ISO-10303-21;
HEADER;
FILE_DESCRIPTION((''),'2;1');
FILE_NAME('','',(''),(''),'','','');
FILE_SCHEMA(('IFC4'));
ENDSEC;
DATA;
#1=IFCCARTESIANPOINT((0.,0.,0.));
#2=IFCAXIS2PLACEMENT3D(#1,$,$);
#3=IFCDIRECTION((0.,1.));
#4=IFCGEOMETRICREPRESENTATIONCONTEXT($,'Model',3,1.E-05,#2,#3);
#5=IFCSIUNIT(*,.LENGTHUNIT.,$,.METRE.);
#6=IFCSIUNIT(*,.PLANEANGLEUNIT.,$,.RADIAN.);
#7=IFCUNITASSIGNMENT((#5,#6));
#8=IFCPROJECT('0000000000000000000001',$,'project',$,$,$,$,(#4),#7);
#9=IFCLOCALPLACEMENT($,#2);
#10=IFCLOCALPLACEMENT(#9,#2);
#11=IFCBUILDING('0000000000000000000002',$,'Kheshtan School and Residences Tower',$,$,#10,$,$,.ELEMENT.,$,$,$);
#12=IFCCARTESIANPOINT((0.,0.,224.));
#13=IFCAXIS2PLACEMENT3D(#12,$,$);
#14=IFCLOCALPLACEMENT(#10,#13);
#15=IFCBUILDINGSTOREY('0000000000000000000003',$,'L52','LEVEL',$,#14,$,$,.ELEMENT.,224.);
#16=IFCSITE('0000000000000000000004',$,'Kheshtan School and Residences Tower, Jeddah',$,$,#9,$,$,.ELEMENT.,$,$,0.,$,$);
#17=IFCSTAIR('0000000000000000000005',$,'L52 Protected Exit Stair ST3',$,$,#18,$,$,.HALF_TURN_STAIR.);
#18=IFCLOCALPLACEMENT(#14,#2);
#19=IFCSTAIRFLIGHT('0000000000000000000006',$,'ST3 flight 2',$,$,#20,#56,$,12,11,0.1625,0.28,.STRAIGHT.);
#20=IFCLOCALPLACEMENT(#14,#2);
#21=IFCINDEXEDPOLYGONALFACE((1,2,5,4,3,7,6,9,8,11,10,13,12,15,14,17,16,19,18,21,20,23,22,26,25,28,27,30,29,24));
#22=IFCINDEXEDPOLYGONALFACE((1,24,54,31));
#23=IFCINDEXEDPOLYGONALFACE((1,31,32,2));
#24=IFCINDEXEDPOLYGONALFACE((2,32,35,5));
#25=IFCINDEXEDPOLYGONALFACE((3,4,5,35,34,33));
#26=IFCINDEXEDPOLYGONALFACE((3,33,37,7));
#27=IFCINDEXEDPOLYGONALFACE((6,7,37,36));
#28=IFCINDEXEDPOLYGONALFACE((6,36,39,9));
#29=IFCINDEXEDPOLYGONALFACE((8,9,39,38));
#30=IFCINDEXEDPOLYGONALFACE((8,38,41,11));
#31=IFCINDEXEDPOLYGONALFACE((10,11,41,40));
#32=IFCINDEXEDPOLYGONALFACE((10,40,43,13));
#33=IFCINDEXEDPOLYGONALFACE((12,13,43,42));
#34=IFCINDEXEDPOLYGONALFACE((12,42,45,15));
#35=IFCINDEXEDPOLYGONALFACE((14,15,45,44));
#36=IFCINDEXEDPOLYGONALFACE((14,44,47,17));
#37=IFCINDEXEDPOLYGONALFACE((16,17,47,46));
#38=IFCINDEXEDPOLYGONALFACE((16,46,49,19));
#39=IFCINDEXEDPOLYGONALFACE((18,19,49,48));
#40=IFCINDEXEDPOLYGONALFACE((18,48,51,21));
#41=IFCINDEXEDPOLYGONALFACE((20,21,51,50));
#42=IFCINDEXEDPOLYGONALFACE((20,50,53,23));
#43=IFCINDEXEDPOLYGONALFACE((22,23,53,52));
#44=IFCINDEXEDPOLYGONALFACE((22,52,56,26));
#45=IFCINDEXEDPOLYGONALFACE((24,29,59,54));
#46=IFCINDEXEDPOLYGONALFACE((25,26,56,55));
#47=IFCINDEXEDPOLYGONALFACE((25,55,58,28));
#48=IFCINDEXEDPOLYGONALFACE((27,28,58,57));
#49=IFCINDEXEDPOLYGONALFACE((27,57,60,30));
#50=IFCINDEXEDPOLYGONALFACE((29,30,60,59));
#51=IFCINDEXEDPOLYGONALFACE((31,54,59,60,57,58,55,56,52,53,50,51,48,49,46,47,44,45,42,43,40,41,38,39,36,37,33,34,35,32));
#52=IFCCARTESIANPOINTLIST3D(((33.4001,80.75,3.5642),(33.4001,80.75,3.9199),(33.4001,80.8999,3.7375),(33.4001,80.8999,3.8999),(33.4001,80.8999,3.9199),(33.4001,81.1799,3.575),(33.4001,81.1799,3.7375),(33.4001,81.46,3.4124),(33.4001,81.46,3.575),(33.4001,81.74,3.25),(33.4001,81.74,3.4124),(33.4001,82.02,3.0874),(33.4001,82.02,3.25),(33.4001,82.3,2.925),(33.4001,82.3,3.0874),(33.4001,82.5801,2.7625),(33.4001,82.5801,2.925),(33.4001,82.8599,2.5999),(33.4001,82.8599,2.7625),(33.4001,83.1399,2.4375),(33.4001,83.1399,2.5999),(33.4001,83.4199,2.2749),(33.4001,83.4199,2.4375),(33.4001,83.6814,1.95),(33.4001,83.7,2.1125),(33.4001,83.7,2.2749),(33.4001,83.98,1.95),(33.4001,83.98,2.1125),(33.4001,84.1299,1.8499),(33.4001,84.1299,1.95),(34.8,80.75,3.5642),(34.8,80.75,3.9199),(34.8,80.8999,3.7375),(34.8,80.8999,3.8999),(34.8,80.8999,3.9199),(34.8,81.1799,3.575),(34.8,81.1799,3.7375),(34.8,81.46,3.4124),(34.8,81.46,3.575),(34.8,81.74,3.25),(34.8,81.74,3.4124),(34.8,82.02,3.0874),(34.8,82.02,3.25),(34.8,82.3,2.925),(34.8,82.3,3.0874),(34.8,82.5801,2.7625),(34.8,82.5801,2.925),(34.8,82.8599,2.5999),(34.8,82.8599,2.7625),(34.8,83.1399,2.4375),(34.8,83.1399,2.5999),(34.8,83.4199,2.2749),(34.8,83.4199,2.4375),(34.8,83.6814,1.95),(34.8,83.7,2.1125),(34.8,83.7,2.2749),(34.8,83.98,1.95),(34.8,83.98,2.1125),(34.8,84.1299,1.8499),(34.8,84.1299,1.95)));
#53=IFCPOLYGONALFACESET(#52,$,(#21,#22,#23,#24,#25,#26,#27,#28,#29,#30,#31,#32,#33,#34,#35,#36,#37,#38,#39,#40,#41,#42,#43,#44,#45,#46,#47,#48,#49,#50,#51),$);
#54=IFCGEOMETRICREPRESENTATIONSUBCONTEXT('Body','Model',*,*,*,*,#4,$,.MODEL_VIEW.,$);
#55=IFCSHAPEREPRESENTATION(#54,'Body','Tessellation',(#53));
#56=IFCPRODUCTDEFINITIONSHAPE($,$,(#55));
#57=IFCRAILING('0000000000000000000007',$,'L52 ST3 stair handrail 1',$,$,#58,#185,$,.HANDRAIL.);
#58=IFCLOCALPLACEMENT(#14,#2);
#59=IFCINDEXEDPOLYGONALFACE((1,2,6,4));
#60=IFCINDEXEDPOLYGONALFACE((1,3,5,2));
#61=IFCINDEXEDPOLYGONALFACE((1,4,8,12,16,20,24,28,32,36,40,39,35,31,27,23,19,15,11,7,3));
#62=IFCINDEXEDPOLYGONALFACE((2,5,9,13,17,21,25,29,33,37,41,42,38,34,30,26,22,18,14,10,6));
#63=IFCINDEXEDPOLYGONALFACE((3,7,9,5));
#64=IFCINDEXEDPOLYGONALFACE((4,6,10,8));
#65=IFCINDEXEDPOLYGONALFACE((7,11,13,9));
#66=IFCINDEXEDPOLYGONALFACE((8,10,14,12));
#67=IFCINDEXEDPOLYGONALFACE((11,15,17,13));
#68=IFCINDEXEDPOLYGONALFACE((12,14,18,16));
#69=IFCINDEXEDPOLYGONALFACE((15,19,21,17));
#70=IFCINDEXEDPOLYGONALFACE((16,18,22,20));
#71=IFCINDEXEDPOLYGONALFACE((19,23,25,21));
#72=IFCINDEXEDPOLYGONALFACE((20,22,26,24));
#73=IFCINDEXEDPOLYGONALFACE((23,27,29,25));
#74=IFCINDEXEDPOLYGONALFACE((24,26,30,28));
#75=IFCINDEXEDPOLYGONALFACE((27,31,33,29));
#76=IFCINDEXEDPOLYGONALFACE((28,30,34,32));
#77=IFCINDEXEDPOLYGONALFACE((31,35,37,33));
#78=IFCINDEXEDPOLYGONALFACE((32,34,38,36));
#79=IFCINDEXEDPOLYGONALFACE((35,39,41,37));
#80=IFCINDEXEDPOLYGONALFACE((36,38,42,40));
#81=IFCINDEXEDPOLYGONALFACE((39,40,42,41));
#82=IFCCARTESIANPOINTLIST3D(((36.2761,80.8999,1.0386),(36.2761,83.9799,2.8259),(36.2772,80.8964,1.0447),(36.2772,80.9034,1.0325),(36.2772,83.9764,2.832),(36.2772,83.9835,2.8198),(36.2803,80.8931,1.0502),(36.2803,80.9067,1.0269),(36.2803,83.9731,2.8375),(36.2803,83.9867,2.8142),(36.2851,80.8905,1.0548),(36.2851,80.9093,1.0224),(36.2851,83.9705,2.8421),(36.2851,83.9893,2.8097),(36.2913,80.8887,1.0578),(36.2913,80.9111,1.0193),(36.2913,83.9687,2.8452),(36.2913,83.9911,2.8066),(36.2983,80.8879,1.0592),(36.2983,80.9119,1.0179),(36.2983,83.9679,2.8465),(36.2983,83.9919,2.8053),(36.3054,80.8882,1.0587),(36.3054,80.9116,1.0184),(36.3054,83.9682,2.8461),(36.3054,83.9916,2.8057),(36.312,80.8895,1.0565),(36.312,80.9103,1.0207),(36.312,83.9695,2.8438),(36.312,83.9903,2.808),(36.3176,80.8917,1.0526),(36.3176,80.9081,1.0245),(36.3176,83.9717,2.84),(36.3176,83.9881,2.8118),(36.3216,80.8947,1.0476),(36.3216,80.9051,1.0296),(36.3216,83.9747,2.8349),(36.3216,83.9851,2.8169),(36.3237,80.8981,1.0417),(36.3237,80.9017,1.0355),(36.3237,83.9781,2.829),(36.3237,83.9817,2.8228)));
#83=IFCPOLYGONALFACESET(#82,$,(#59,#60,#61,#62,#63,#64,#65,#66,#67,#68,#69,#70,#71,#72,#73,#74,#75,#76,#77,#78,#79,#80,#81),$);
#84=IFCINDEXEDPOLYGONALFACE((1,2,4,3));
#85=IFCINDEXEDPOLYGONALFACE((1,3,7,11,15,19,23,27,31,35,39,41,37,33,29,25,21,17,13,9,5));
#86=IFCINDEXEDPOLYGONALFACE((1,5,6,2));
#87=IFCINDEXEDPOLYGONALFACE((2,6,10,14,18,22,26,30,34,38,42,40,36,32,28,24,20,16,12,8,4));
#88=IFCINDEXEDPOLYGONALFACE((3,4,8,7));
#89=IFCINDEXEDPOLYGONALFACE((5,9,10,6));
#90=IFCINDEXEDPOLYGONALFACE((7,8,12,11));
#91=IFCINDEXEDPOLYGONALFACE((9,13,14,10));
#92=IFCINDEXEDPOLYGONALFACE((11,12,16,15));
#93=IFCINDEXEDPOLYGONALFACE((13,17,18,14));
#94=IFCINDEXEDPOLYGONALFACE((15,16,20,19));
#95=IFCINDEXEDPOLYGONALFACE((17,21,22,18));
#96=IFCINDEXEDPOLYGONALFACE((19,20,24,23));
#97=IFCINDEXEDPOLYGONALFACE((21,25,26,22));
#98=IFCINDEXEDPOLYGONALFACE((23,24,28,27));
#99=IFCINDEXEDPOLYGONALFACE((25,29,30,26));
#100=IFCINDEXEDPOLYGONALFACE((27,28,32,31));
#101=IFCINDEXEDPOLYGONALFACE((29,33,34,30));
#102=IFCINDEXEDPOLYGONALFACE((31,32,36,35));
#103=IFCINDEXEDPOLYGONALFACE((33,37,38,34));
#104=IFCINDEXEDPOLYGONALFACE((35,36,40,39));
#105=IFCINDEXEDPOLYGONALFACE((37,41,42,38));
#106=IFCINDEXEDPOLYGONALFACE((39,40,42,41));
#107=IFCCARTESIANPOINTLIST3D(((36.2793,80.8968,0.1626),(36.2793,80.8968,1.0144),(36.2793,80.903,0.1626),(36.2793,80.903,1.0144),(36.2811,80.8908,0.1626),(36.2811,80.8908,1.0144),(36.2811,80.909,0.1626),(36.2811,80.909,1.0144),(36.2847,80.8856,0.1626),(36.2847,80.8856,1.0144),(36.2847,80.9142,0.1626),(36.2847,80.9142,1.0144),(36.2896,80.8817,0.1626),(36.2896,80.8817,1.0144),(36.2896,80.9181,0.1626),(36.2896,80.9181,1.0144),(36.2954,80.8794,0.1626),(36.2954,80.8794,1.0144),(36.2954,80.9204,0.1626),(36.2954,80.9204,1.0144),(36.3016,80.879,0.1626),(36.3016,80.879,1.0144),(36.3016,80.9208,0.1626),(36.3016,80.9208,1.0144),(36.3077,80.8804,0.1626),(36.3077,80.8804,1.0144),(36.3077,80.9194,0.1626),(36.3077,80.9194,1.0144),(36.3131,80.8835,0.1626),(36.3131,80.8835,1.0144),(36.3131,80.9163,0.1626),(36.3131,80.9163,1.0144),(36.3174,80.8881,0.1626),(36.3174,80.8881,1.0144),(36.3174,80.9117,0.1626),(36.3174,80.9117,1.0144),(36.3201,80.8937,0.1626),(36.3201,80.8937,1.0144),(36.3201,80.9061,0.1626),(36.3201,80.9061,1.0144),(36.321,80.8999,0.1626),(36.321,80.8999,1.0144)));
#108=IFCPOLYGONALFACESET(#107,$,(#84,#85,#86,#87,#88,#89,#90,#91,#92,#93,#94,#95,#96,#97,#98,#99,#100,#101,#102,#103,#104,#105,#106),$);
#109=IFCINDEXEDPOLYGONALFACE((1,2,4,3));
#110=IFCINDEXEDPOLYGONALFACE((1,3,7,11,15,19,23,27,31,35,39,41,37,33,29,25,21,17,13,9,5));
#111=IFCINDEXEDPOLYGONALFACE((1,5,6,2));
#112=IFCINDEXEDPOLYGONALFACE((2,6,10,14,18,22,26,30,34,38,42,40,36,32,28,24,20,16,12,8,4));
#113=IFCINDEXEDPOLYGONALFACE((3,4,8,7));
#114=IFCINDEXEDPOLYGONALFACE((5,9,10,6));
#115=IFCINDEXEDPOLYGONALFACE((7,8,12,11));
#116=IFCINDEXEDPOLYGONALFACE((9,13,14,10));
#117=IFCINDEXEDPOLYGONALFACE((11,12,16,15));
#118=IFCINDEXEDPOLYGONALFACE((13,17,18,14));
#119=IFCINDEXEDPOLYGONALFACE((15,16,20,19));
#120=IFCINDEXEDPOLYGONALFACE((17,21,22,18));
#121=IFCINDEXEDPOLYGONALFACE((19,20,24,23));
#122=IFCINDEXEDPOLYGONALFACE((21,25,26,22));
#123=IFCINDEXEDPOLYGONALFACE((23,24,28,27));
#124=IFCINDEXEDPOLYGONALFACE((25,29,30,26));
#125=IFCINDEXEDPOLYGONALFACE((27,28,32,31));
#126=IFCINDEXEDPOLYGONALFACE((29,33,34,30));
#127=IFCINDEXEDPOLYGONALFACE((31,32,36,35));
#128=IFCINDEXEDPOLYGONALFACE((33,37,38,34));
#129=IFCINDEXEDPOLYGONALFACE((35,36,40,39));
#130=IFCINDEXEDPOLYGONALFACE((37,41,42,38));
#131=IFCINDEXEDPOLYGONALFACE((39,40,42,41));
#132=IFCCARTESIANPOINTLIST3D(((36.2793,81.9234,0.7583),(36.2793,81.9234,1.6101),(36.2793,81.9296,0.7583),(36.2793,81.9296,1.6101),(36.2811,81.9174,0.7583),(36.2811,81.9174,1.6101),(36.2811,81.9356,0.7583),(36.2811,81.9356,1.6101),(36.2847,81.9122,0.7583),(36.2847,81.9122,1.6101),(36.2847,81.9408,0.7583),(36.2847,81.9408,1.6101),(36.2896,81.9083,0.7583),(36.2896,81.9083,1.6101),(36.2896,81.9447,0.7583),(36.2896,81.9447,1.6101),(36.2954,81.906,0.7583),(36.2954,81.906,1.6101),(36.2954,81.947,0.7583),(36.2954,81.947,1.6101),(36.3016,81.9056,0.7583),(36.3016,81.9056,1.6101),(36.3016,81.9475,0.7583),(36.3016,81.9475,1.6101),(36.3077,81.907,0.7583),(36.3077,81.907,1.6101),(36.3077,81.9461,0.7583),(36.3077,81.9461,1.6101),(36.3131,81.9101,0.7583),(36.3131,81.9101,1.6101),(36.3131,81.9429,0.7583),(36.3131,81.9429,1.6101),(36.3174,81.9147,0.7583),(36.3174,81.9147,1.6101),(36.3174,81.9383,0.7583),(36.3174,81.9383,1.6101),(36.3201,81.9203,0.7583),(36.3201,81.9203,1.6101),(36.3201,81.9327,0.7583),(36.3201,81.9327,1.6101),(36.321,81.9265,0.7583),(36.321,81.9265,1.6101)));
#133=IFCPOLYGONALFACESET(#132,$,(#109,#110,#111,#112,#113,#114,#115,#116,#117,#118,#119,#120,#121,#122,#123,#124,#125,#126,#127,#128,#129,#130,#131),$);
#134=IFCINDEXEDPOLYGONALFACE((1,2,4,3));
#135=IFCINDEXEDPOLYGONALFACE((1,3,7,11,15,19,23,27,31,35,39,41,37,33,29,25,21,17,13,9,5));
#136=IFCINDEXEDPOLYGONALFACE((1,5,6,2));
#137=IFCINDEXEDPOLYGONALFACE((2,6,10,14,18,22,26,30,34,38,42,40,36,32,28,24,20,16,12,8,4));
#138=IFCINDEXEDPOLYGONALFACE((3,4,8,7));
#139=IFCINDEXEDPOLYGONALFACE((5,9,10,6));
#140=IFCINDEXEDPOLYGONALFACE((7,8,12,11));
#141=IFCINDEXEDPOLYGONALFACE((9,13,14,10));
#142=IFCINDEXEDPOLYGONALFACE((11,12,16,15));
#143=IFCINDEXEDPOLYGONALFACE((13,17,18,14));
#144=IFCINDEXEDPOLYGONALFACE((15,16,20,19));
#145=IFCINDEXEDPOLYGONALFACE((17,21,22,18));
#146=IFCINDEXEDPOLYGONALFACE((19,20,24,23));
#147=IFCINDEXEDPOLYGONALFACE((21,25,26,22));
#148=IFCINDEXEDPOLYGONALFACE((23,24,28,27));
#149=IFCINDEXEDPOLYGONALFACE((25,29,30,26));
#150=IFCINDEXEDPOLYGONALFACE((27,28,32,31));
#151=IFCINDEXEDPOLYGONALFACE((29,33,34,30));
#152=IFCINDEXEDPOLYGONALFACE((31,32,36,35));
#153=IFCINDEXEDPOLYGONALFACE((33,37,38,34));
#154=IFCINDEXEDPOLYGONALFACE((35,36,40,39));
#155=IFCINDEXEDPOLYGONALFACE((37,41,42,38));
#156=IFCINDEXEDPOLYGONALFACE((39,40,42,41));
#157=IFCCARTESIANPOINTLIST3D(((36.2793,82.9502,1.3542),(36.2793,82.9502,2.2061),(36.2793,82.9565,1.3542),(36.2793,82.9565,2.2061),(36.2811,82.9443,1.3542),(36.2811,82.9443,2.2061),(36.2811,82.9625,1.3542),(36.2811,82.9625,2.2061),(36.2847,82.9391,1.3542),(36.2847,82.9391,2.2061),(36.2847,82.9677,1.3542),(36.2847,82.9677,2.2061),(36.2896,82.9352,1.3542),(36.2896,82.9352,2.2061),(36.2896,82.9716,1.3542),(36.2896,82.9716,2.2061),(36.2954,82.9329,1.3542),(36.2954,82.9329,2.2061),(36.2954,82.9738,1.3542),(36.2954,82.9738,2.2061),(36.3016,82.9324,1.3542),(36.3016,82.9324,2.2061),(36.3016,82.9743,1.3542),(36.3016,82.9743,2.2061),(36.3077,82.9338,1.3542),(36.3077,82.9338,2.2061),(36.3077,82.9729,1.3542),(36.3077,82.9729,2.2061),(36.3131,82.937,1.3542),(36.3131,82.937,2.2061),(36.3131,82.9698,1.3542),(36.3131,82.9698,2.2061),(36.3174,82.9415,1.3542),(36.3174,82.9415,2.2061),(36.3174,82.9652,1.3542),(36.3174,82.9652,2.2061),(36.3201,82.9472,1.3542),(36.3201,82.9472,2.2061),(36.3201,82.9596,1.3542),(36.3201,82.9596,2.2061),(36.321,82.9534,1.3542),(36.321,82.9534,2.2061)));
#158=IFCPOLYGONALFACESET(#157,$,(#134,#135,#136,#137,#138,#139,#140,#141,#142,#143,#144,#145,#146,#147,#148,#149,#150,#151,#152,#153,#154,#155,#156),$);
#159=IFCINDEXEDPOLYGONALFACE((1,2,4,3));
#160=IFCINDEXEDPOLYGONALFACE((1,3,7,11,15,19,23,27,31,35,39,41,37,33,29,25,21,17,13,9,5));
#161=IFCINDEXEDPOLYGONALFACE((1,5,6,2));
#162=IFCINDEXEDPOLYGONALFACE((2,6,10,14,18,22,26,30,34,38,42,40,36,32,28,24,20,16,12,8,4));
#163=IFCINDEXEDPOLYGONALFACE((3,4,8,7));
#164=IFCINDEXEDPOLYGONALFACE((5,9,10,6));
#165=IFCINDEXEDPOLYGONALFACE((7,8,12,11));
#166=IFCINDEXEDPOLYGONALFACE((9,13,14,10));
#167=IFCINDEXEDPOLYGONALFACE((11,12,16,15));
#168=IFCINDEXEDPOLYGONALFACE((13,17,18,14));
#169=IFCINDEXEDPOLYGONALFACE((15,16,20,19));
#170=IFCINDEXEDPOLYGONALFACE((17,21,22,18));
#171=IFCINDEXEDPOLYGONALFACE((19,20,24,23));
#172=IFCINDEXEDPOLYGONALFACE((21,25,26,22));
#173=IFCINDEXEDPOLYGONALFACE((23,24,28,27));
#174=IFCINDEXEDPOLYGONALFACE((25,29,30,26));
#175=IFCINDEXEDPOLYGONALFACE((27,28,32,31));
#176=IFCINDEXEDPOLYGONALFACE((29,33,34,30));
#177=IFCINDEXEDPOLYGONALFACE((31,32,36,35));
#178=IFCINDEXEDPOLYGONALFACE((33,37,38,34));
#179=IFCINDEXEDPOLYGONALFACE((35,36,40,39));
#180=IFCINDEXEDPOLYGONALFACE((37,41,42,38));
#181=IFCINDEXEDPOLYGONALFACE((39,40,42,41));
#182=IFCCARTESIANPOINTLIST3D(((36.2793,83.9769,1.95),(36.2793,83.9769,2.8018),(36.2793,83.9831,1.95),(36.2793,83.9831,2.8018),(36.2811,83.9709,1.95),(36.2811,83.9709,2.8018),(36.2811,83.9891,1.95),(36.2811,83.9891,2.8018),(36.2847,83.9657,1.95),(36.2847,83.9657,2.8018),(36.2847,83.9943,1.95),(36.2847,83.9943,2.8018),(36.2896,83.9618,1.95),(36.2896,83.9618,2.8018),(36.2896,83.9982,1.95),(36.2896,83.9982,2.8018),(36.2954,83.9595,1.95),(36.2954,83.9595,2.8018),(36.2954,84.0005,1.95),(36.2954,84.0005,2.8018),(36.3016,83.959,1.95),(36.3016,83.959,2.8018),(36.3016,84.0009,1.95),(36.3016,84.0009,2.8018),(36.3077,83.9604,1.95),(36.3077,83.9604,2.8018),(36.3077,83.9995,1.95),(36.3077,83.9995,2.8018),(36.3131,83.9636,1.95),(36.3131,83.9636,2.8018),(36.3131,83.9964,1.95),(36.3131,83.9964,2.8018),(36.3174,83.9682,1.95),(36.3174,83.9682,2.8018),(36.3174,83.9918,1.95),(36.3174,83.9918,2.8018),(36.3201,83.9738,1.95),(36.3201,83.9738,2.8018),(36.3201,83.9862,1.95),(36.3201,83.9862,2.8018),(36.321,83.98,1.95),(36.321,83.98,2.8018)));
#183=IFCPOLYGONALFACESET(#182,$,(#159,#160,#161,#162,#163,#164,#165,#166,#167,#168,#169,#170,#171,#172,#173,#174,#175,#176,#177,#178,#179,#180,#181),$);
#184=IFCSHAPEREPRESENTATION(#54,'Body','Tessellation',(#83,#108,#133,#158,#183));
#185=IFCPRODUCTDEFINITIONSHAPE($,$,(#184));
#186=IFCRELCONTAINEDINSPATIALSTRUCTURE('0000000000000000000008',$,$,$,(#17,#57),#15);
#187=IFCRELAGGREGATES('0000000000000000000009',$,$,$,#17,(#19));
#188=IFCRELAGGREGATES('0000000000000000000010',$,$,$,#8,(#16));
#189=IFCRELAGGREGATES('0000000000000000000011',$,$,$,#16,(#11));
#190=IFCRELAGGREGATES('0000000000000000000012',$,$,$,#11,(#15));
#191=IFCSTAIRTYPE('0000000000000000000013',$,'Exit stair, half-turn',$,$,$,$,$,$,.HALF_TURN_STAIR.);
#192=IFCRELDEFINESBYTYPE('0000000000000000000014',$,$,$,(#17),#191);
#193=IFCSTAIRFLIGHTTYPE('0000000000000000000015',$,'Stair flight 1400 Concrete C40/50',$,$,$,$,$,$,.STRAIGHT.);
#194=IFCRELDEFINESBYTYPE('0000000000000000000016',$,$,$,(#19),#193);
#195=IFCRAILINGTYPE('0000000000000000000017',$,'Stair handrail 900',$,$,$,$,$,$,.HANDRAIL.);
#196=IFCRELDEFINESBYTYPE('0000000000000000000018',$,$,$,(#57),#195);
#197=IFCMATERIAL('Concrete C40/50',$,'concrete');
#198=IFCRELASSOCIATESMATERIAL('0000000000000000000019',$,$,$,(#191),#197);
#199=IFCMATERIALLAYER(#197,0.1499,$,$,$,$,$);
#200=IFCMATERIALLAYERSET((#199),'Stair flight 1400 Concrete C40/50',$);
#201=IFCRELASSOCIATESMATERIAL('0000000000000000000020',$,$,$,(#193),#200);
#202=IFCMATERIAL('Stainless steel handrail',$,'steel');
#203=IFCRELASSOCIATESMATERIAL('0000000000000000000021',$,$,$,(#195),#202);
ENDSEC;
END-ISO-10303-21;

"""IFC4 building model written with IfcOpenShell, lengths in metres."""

from ifc_helpers import new_model, si_unit, direction, frame, origin, origin_2d, place, context, subcontext, project, spatial, polyline, circle, outline, extrude, material, layer, layer_set, type_object, element, aggregate, save


model = new_model("IFC4")

# Units and contexts
model_context = context("Model", 3, precision=1e-05, world=origin(), true_north=direction((0.0, 1.0)))
body_context = subcontext(model_context, "Body", "Model", "MODEL_VIEW")
ifc_project = project(units=[si_unit("LENGTHUNIT", "METRE"), si_unit("PLANEANGLEUNIT", "RADIAN")], contexts=[model_context])

# Site, building, storey
site_placement = place(None, origin())
site = spatial("IfcSite", under=ifc_project, at=site_placement, Name="Kheshtan School and Residences Tower, Jeddah", CompositionType="ELEMENT", RefElevation=0.0)
building_placement = place(site_placement, origin())
building = spatial("IfcBuilding", under=site, at=building_placement, Name="Kheshtan School and Residences Tower", CompositionType="ELEMENT")
storey_placement = place(building_placement, frame((0.0, 0.0, 224.0)))
storey = spatial("IfcBuildingStorey", under=building, at=storey_placement, Name="L52", Description="LEVEL", CompositionType="ELEMENT", Elevation=224.0)

# Shared definitions
ifc_material_1 = material(Name="Concrete C40/50", Category="concrete")

# Stair, stair flight
stair_type = type_object("IfcStairType", Name="Exit stair, half-turn", PredefinedType="HALF_TURN_STAIR", material=ifc_material_1)
stair_placement = place(storey_placement, origin())
stair = element("IfcStair", 1, at=stair_placement, inside=storey, type_object=stair_type, Name="L52 Protected Exit Stair ST3", PredefinedType="HALF_TURN_STAIR")
ifc_layer_1 = layer(ifc_material_1, 0.1499)
ifc_layer_set_1 = layer_set([ifc_layer_1], Name="Stair flight 1400 Concrete C40/50")
stair_flight_type = type_object("IfcStairFlightType", Name="Stair flight 1400 Concrete C40/50", PredefinedType="STRAIGHT", material=ifc_layer_set_1)
stair_flight_1_placement = place(storey_placement, frame((34.1001, 83.98, 1.95), z_axis=(0.0, 0.0, 1.0), x_axis=(0.0, -1.0, 0.0)))
stair_flight_1 = element("IfcStairFlight", 2, at=stair_flight_1_placement, type_object=stair_flight_type, Name="ST3 flight 2", NumberOfRisers=12, NumberOfTreads=11, PredefinedType="STRAIGHT", RiserHeight=0.1625, TreadLength=0.28, context=body_context, shape_type="SweptSolid", body=[
    extrude(outline(polyline([(-0.1499, -0.1001), (-0.1499, 0.0), (0.0, 0.0), (0.0, 0.1626), (0.28, 0.1626), (0.28, 0.325), (0.5601, 0.325), (0.5601, 0.4875), (0.8401, 0.4875), (0.8401, 0.6499), (1.1201, 0.6499), (1.1201, 0.8125), (1.3999, 0.8125), (1.3999, 0.9751), (1.6799, 0.9751), (1.6799, 1.1375), (1.96, 1.1375), (1.96, 1.3), (2.24, 1.3), (2.24, 1.4624), (2.52, 1.4624), (2.52, 1.625), (2.8, 1.625), (2.8, 1.7876), (3.0801, 1.7876), (3.0801, 1.95), (3.0801, 1.97), (3.23, 1.97), (3.23, 1.6143), (0.2986, 0.0), (-0.1499, -0.1001)])), frame((0.0, 0.7, 0.0), z_axis=(0.0, -1.0, 0.0), x_axis=(1.0, 0.0, 0.0)), (0.0, 0.0, 1.0), 1.3999),
])
aggregate(stair, [stair_flight_1])

# Railing
ifc_material_2 = material(Name="Stainless steel handrail", Category="steel")
railing_type_1 = type_object("IfcRailingType", Name="Stair handrail 900", PredefinedType="HANDRAIL", material=ifc_material_2)
railing_1_placement = place(storey_placement, frame((36.3, 80.8999, 0.1626)))
element("IfcRailing", 3, at=railing_1_placement, inside=storey, type_object=railing_type_1, Name="L52 ST3 stair handrail 1", PredefinedType="HANDRAIL", context=body_context, shape_type="SweptSolid", body=[
    extrude(circle(Radius=0.0239, at=origin_2d()), frame((0.0, 0.0, 0.876), z_axis=(0.0, 0.86492, 0.501909), x_axis=(-1.0, 0.0, 0.0)), (0.0, 0.0, 1.0), 3.561),
    extrude(circle(Radius=0.021, at=origin_2d()), origin(), (0.0, 0.0, 1.0), 0.8518),
    extrude(circle(Radius=0.021, at=origin_2d()), frame((0.0, 1.0266, 0.5957)), (0.0, 0.0, 1.0), 0.8518),
    extrude(circle(Radius=0.021, at=origin_2d()), frame((0.0, 2.0535, 1.1917)), (0.0, 0.0, 1.0), 0.8518),
    extrude(circle(Radius=0.021, at=origin_2d()), frame((0.0, 3.0801, 1.7874)), (0.0, 0.0, 1.0), 0.8518),
])

save(model, "model.ifc")
